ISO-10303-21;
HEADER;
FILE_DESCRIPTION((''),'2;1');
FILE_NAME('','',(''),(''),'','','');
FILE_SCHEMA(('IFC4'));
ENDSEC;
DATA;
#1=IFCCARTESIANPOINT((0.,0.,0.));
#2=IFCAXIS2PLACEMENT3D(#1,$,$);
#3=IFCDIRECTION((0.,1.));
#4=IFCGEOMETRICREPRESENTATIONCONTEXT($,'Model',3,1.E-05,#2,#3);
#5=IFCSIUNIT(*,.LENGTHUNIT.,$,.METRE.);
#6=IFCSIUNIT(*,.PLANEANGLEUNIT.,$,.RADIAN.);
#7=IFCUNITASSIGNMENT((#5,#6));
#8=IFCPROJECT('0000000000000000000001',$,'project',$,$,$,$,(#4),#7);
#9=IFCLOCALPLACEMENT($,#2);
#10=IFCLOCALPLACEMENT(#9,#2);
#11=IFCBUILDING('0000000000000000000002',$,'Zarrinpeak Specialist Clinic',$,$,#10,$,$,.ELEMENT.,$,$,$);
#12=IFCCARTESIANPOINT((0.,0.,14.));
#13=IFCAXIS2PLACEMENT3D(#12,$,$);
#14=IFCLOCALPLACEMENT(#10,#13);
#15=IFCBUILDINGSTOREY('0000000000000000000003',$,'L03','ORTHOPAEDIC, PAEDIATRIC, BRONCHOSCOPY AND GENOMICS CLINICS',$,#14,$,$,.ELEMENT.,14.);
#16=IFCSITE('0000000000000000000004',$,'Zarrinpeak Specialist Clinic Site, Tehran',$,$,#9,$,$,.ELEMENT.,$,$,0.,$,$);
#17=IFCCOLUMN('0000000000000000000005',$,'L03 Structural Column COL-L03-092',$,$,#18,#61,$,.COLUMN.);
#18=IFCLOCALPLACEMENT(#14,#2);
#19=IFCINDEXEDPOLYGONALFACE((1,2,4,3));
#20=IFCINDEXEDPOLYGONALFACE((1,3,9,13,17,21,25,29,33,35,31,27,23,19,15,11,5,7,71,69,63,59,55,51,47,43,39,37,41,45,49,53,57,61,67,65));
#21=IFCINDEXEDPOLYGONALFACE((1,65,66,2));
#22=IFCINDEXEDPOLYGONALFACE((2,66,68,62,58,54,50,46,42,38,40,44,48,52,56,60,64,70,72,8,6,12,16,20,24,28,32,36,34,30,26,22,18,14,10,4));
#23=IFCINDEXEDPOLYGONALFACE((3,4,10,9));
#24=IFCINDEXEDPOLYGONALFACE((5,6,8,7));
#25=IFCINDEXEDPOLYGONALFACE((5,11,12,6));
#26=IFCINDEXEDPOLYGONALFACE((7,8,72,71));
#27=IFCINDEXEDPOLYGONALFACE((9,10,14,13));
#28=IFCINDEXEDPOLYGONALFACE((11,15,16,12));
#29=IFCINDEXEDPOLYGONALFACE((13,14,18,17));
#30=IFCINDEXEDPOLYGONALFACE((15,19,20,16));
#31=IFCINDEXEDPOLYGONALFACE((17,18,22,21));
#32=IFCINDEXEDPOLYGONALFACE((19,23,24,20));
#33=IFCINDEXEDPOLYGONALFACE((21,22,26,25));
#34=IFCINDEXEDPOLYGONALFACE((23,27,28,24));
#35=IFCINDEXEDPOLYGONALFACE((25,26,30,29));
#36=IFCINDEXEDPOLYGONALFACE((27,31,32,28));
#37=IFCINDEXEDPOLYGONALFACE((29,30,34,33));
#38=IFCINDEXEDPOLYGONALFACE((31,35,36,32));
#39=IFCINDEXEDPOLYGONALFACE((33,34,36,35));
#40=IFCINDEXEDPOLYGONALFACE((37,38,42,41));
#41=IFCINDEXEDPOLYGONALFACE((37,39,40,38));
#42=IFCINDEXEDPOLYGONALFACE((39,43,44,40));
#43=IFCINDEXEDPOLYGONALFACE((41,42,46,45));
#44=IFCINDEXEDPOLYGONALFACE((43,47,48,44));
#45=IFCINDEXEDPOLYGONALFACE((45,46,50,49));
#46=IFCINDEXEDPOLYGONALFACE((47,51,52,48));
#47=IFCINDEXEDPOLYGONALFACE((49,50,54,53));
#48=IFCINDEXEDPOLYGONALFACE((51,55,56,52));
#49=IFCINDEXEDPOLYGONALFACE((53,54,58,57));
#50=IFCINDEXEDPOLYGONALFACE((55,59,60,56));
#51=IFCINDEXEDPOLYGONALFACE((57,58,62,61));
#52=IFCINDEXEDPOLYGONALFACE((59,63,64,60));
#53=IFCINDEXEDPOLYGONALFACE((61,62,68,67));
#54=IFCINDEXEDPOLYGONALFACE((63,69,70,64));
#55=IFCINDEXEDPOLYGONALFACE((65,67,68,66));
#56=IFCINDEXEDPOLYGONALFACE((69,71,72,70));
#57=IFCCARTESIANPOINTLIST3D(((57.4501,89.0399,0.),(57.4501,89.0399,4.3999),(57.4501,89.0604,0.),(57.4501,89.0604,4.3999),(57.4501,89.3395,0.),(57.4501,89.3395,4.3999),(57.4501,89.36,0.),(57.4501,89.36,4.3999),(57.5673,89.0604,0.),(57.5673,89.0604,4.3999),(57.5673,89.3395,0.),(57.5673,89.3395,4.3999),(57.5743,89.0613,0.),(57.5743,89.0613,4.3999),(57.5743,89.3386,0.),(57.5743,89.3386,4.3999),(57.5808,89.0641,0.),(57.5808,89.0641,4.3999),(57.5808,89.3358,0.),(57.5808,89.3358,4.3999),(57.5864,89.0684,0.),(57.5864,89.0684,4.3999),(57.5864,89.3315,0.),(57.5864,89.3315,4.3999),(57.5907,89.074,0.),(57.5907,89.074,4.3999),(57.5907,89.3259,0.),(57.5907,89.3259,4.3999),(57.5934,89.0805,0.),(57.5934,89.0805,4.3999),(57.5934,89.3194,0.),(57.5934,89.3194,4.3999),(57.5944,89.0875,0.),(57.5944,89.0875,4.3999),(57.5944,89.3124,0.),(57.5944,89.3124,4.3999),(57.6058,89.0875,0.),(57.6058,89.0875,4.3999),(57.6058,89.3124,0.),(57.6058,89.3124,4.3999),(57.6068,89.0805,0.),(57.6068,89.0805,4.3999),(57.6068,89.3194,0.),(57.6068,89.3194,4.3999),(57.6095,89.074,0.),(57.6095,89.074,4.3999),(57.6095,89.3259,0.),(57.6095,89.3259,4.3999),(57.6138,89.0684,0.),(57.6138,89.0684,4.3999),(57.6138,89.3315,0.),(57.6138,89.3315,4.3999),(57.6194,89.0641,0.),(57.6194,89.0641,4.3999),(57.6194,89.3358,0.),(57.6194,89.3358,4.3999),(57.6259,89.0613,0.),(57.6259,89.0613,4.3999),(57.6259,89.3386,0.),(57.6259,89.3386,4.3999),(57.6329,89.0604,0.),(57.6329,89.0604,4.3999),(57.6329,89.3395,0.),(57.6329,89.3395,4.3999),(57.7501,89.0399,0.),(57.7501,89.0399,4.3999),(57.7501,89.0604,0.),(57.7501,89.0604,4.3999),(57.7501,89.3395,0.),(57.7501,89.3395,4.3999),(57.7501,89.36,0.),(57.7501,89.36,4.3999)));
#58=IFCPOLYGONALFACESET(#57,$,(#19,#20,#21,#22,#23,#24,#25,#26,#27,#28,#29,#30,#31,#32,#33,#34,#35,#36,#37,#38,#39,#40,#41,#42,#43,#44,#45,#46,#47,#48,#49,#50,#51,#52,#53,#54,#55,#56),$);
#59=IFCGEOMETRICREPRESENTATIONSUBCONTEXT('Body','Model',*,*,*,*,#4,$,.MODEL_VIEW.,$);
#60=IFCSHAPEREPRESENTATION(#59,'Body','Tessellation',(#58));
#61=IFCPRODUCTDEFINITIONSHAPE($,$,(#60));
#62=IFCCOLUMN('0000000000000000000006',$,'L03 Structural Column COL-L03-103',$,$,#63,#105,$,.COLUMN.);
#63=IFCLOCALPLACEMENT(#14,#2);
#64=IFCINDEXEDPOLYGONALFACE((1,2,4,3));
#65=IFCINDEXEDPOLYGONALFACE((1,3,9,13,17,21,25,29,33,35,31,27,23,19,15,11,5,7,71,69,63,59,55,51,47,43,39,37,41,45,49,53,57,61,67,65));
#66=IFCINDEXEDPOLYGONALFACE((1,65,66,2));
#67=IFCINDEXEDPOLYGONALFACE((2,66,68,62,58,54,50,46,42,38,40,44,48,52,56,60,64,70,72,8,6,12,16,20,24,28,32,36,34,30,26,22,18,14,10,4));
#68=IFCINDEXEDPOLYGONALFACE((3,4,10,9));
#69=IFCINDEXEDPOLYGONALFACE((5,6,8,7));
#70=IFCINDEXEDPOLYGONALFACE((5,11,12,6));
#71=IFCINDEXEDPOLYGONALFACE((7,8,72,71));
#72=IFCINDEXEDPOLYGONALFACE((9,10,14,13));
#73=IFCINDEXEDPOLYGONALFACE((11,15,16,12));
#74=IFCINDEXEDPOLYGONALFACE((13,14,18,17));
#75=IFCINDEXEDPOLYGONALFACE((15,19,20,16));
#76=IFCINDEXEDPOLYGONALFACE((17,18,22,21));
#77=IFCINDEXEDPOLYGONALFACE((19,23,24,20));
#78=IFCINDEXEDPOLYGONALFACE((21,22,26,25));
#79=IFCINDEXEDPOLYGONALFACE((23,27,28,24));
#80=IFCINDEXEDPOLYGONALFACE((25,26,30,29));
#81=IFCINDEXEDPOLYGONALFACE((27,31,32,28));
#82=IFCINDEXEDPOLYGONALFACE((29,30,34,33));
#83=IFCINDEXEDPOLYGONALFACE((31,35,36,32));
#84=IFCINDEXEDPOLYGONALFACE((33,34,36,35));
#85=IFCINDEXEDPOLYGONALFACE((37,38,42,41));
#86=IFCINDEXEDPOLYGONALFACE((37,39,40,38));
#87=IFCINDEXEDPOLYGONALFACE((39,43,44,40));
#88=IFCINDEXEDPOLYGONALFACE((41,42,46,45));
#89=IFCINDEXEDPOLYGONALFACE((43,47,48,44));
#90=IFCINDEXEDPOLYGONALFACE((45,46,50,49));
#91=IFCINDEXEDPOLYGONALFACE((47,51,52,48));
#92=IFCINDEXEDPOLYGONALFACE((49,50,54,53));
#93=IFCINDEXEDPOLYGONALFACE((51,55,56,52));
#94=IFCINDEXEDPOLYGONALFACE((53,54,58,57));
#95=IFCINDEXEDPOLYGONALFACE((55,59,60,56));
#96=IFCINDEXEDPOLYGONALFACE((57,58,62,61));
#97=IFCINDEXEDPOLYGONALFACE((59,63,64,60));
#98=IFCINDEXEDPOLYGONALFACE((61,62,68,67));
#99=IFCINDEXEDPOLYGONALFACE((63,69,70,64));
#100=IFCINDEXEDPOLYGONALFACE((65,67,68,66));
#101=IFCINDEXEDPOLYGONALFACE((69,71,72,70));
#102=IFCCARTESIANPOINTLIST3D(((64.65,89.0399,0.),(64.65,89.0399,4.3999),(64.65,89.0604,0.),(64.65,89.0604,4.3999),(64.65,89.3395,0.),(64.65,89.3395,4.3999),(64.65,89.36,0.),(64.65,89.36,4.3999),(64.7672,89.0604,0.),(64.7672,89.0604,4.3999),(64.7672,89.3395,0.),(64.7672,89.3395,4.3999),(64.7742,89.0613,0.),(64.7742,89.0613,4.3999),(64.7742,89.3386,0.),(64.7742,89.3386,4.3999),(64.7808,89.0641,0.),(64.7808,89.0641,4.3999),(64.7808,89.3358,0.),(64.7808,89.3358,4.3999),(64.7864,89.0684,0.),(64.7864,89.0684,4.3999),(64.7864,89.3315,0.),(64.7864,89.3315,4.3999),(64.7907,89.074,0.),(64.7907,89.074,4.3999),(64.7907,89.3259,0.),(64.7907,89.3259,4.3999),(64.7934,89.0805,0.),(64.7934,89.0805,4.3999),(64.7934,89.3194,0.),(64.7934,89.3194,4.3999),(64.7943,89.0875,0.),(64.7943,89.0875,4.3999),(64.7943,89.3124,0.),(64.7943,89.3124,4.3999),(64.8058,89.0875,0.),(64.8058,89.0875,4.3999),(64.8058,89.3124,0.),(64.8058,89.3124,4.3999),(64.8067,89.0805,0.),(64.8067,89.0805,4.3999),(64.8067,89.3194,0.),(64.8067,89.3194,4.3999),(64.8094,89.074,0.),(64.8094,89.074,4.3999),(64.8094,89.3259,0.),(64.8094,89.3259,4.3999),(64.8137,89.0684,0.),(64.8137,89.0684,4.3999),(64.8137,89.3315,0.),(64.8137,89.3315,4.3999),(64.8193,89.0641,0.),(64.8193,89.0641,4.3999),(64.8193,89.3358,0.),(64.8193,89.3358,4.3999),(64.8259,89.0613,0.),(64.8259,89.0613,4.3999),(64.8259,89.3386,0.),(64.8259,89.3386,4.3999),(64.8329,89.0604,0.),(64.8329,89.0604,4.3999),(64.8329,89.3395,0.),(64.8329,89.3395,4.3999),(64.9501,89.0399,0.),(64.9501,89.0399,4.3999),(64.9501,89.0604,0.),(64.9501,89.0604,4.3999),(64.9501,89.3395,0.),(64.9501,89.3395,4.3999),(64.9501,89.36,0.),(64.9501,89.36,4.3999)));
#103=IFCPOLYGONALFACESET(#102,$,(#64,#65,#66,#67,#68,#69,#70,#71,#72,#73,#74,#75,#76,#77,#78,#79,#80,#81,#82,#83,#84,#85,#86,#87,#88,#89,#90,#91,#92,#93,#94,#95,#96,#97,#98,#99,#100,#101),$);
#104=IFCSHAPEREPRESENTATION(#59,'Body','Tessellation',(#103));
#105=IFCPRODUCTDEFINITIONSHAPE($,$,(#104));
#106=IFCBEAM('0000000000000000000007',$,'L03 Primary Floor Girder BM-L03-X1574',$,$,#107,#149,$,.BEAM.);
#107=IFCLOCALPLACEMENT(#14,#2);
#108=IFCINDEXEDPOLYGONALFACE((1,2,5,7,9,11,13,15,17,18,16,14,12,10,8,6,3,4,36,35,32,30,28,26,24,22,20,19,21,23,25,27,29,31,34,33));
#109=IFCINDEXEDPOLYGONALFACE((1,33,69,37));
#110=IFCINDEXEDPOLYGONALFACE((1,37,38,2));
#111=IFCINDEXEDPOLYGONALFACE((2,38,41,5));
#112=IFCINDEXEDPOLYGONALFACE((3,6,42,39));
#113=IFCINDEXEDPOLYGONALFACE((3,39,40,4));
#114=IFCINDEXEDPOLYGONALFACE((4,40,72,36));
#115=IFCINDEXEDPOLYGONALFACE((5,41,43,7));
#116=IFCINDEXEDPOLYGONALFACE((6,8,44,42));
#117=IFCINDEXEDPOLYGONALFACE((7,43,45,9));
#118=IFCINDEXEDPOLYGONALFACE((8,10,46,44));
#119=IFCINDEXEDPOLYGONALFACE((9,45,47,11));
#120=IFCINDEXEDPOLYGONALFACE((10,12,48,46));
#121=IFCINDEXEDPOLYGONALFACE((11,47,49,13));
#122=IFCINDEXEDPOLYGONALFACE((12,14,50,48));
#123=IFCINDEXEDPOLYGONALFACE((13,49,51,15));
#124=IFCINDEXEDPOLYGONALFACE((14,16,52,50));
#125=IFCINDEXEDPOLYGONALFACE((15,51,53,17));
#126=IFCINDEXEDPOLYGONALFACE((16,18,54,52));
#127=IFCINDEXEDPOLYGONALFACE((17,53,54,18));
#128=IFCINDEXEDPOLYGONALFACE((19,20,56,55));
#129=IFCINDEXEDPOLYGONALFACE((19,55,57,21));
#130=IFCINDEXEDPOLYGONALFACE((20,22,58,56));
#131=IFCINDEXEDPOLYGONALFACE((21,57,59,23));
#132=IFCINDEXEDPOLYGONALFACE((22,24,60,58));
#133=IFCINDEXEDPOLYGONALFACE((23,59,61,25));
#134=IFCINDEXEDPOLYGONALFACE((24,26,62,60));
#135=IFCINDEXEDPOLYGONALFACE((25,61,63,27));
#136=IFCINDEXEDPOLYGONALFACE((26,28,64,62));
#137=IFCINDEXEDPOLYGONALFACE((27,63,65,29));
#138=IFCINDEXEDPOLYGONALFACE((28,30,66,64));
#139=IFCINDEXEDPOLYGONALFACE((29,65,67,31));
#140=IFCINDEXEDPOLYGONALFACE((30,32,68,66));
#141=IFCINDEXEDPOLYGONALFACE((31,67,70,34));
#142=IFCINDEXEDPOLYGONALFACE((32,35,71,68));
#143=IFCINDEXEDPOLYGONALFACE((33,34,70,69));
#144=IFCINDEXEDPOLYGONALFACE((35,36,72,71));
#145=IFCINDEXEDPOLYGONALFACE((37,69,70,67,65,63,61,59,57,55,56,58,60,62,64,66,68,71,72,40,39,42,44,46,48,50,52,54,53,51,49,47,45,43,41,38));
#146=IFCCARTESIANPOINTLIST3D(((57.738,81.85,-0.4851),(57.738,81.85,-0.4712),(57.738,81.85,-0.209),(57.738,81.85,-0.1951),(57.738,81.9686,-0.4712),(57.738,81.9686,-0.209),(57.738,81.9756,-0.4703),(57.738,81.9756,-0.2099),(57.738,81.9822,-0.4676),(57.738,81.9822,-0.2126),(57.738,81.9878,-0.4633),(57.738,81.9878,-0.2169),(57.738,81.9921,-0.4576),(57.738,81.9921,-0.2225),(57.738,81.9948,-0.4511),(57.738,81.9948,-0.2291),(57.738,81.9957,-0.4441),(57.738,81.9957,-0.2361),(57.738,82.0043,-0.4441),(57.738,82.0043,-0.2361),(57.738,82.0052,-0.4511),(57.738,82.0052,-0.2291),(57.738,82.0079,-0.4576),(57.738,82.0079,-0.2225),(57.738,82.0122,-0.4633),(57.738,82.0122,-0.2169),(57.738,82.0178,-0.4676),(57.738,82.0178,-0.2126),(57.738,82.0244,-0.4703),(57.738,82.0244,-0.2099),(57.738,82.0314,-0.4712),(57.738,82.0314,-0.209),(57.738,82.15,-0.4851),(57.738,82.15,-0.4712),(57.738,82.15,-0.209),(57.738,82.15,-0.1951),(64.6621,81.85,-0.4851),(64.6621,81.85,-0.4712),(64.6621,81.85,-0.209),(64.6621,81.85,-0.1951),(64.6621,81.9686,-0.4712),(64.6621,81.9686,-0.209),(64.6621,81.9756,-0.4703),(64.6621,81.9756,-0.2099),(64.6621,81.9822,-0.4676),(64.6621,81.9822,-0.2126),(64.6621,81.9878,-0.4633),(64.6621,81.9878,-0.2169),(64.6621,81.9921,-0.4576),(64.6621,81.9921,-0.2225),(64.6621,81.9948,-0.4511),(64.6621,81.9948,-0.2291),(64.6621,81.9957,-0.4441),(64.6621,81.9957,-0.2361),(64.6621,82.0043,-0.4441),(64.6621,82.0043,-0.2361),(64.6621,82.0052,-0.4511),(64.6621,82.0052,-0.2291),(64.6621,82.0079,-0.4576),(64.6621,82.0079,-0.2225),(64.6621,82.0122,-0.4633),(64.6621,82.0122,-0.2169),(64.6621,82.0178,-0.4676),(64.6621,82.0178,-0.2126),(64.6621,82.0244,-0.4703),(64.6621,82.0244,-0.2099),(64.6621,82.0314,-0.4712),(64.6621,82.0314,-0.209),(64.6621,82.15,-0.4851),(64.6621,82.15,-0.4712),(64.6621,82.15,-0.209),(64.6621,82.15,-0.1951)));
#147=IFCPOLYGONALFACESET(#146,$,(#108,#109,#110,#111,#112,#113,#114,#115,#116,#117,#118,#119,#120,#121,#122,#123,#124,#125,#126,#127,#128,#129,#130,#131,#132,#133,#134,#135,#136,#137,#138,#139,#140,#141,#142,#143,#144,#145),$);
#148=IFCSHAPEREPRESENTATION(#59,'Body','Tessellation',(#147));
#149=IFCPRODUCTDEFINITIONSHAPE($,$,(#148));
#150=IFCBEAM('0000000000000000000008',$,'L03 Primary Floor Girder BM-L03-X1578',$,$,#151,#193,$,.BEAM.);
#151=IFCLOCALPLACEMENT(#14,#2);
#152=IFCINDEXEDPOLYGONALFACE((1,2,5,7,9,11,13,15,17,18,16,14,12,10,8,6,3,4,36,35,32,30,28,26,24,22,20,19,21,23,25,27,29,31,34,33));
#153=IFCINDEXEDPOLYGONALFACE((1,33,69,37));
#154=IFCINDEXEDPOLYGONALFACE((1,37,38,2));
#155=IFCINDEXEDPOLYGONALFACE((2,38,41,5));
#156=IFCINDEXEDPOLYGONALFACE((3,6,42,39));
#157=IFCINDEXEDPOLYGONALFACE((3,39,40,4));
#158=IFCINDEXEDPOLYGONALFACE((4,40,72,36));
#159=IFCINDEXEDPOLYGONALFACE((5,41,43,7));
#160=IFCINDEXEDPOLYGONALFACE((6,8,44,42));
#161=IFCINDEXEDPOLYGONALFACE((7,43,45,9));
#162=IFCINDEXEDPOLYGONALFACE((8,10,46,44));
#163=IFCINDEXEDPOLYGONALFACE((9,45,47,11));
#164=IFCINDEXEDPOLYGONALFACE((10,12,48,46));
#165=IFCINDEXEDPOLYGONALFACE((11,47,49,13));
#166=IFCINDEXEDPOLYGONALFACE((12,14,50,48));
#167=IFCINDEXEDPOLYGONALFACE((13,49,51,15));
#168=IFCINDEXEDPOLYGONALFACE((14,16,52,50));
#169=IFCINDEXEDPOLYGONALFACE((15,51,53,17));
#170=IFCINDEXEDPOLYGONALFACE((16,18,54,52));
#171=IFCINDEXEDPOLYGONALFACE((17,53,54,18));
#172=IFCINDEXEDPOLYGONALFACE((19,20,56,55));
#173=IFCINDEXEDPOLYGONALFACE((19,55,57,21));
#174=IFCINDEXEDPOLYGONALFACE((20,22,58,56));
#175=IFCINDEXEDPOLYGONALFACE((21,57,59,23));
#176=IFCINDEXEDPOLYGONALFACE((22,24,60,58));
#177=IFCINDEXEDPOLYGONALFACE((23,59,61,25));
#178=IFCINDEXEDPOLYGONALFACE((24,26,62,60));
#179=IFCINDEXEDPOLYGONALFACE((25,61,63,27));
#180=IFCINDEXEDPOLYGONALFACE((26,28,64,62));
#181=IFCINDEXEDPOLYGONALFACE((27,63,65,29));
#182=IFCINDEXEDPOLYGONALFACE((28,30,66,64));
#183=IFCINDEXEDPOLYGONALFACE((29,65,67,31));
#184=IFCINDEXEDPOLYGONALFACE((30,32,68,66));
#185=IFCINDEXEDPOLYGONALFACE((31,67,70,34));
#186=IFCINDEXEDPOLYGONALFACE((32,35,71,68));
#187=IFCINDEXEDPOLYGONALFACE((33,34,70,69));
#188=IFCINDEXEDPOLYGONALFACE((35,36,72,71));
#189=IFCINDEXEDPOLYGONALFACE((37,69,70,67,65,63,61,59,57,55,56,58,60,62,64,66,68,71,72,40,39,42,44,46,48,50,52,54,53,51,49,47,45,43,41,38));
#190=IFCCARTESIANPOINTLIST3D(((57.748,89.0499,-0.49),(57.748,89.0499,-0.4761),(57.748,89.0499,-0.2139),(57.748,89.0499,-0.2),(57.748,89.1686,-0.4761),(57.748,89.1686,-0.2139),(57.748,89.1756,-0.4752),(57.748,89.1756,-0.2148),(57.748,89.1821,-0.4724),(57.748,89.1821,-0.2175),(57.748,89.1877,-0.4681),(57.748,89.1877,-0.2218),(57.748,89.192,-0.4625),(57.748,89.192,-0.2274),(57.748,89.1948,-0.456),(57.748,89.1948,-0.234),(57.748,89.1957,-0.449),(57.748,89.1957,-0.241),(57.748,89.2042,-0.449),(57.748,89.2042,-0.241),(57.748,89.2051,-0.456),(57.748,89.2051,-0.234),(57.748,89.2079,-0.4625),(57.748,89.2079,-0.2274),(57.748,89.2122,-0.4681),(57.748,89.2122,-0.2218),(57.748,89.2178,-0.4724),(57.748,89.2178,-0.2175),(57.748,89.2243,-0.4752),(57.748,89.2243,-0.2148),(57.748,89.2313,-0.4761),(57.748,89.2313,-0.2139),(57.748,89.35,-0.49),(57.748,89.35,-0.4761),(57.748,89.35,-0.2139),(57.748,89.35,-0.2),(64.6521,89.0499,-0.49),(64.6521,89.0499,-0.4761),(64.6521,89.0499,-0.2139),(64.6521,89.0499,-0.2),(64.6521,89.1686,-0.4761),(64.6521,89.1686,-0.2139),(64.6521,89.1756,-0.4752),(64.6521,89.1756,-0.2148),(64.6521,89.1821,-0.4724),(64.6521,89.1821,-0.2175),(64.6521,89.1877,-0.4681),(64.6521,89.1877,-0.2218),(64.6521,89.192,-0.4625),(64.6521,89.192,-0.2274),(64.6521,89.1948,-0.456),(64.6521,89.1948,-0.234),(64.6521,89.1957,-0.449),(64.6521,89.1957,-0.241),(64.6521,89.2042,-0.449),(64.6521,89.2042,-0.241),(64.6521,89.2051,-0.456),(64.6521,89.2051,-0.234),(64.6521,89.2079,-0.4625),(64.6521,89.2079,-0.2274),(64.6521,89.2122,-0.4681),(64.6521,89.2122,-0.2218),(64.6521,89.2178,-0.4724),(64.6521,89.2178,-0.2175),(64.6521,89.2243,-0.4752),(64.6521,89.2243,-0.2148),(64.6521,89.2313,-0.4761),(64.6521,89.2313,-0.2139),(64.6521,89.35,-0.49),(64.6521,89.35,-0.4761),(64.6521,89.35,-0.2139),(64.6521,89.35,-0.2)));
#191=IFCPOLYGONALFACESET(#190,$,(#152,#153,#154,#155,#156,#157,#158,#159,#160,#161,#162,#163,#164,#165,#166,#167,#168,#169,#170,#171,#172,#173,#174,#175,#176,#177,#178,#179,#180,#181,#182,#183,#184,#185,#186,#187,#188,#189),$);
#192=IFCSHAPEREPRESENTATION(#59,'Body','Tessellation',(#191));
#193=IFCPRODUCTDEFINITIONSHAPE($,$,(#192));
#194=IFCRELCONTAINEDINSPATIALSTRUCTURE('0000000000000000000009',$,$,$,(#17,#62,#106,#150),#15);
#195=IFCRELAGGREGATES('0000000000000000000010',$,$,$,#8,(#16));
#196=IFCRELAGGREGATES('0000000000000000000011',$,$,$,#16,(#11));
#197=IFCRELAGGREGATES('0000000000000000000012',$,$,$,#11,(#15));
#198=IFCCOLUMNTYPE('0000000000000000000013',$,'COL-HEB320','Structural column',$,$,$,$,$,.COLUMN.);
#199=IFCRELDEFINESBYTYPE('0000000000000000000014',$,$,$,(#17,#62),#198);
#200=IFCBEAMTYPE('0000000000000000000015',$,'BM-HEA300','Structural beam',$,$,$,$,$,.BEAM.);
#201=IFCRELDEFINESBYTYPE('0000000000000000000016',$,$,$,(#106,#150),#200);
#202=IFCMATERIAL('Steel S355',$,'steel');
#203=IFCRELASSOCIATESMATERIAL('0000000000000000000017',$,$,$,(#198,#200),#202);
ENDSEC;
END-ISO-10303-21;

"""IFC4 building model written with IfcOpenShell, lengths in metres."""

from ifc_helpers import new_model, si_unit, direction, frame, origin, origin_2d, place, context, subcontext, project, spatial, i_section, extrude, material, material_profile, profile_set, type_object, element, save


model = new_model("IFC4")

# Units and contexts
model_context = context("Model", 3, precision=1e-05, world=origin(), true_north=direction((0.0, 1.0)))
body_context = subcontext(model_context, "Body", "Model", "MODEL_VIEW")
ifc_project = project(units=[si_unit("LENGTHUNIT", "METRE"), si_unit("PLANEANGLEUNIT", "RADIAN")], contexts=[model_context])

# Site, building, storey
site_placement = place(None, origin())
site = spatial("IfcSite", under=ifc_project, at=site_placement, Name="Zarrinpeak Specialist Clinic Site, Tehran", CompositionType="ELEMENT", RefElevation=0.0)
building_placement = place(site_placement, origin())
building = spatial("IfcBuilding", under=site, at=building_placement, Name="Zarrinpeak Specialist Clinic", CompositionType="ELEMENT")
storey_placement = place(building_placement, frame((0.0, 0.0, 14.0)))
storey = spatial("IfcBuildingStorey", under=building, at=storey_placement, Name="L03", Description="ORTHOPAEDIC, PAEDIATRIC, BRONCHOSCOPY AND GENOMICS CLINICS", CompositionType="ELEMENT", Elevation=14.0)

# Columns
ifc_material_1 = material(Name="Steel S355", Category="steel")
ifc_material_profile_1 = material_profile(ifc_material_1, i_section(OverallWidth=0.3, OverallDepth=0.3201, WebThickness=0.0115, FlangeThickness=0.0205, FilletRadius=0.0271, at=origin_2d()), Name="HEB 320")
ifc_profile_set_1 = profile_set([ifc_material_profile_1], Name="Steel S355")
column_type = type_object("IfcColumnType", Name="COL-HEB320", Description="Structural column", PredefinedType="COLUMN", material=ifc_profile_set_1)
for number, where, z_axis, x_axis, name in (
    (1, (57.6001, 89.2, 0.0), (0.0, 0.0, 1.0), (1.0, 0.0, 0.0), "L03 Structural Column COL-L03-092"),
    (2, (64.8, 89.2, 0.0), (0.0, 0.0, 1.0), (1.0, 0.0, 0.0), "L03 Structural Column COL-L03-103"),
):
    element("IfcColumn", number, at=place(storey_placement, frame(where, z_axis=z_axis, x_axis=x_axis)), inside=storey, type_object=column_type, Name=name, PredefinedType="COLUMN", context=body_context, shape_type="SweptSolid", body=[
        extrude(i_section(OverallWidth=0.3, OverallDepth=0.3201, WebThickness=0.0115, FlangeThickness=0.0205, FilletRadius=0.0271, at=origin_2d()), origin(), (0.0, 0.0, 1.0), 4.3999),
    ])

# Beams
ifc_material_profile_2 = material_profile(ifc_material_1, i_section(OverallWidth=0.3, OverallDepth=0.29, WebThickness=0.0085, FlangeThickness=0.0139, FilletRadius=0.0271, at=origin_2d()), Name="HEA 300")
ifc_profile_set_2 = profile_set([ifc_material_profile_2], Name="Steel S355")
beam_type_1 = type_object("IfcBeamType", Name="BM-HEA300", Description="Structural beam", PredefinedType="BEAM", material=ifc_profile_set_2)
beam_1_placement = place(storey_placement, frame((57.738, 82.0, -0.3401), z_axis=(1.0, 0.0, 0.0), x_axis=(0.0, 1.0, 0.0)))
element("IfcBeam", 3, at=beam_1_placement, inside=storey, type_object=beam_type_1, Name="L03 Primary Floor Girder BM-L03-X1574", PredefinedType="BEAM", context=body_context, shape_type="SweptSolid", body=[
    extrude(i_section(OverallWidth=0.3, OverallDepth=0.29, WebThickness=0.0085, FlangeThickness=0.0139, FilletRadius=0.0271, at=origin_2d()), origin(), (0.0, 0.0, 1.0), 6.9241),
])
beam_2_placement = place(storey_placement, frame((57.748, 89.2, -0.345), z_axis=(1.0, 0.0, 0.0), x_axis=(0.0, 1.0, 0.0)))
element("IfcBeam", 4, at=beam_2_placement, inside=storey, type_object=beam_type_1, Name="L03 Primary Floor Girder BM-L03-X1578", PredefinedType="BEAM", context=body_context, shape_type="SweptSolid", body=[
    extrude(i_section(OverallWidth=0.3, OverallDepth=0.29, WebThickness=0.0085, FlangeThickness=0.0139, FilletRadius=0.0271, at=origin_2d()), origin(), (0.0, 0.0, 1.0), 6.9041),
])

save(model, "model.ifc")
